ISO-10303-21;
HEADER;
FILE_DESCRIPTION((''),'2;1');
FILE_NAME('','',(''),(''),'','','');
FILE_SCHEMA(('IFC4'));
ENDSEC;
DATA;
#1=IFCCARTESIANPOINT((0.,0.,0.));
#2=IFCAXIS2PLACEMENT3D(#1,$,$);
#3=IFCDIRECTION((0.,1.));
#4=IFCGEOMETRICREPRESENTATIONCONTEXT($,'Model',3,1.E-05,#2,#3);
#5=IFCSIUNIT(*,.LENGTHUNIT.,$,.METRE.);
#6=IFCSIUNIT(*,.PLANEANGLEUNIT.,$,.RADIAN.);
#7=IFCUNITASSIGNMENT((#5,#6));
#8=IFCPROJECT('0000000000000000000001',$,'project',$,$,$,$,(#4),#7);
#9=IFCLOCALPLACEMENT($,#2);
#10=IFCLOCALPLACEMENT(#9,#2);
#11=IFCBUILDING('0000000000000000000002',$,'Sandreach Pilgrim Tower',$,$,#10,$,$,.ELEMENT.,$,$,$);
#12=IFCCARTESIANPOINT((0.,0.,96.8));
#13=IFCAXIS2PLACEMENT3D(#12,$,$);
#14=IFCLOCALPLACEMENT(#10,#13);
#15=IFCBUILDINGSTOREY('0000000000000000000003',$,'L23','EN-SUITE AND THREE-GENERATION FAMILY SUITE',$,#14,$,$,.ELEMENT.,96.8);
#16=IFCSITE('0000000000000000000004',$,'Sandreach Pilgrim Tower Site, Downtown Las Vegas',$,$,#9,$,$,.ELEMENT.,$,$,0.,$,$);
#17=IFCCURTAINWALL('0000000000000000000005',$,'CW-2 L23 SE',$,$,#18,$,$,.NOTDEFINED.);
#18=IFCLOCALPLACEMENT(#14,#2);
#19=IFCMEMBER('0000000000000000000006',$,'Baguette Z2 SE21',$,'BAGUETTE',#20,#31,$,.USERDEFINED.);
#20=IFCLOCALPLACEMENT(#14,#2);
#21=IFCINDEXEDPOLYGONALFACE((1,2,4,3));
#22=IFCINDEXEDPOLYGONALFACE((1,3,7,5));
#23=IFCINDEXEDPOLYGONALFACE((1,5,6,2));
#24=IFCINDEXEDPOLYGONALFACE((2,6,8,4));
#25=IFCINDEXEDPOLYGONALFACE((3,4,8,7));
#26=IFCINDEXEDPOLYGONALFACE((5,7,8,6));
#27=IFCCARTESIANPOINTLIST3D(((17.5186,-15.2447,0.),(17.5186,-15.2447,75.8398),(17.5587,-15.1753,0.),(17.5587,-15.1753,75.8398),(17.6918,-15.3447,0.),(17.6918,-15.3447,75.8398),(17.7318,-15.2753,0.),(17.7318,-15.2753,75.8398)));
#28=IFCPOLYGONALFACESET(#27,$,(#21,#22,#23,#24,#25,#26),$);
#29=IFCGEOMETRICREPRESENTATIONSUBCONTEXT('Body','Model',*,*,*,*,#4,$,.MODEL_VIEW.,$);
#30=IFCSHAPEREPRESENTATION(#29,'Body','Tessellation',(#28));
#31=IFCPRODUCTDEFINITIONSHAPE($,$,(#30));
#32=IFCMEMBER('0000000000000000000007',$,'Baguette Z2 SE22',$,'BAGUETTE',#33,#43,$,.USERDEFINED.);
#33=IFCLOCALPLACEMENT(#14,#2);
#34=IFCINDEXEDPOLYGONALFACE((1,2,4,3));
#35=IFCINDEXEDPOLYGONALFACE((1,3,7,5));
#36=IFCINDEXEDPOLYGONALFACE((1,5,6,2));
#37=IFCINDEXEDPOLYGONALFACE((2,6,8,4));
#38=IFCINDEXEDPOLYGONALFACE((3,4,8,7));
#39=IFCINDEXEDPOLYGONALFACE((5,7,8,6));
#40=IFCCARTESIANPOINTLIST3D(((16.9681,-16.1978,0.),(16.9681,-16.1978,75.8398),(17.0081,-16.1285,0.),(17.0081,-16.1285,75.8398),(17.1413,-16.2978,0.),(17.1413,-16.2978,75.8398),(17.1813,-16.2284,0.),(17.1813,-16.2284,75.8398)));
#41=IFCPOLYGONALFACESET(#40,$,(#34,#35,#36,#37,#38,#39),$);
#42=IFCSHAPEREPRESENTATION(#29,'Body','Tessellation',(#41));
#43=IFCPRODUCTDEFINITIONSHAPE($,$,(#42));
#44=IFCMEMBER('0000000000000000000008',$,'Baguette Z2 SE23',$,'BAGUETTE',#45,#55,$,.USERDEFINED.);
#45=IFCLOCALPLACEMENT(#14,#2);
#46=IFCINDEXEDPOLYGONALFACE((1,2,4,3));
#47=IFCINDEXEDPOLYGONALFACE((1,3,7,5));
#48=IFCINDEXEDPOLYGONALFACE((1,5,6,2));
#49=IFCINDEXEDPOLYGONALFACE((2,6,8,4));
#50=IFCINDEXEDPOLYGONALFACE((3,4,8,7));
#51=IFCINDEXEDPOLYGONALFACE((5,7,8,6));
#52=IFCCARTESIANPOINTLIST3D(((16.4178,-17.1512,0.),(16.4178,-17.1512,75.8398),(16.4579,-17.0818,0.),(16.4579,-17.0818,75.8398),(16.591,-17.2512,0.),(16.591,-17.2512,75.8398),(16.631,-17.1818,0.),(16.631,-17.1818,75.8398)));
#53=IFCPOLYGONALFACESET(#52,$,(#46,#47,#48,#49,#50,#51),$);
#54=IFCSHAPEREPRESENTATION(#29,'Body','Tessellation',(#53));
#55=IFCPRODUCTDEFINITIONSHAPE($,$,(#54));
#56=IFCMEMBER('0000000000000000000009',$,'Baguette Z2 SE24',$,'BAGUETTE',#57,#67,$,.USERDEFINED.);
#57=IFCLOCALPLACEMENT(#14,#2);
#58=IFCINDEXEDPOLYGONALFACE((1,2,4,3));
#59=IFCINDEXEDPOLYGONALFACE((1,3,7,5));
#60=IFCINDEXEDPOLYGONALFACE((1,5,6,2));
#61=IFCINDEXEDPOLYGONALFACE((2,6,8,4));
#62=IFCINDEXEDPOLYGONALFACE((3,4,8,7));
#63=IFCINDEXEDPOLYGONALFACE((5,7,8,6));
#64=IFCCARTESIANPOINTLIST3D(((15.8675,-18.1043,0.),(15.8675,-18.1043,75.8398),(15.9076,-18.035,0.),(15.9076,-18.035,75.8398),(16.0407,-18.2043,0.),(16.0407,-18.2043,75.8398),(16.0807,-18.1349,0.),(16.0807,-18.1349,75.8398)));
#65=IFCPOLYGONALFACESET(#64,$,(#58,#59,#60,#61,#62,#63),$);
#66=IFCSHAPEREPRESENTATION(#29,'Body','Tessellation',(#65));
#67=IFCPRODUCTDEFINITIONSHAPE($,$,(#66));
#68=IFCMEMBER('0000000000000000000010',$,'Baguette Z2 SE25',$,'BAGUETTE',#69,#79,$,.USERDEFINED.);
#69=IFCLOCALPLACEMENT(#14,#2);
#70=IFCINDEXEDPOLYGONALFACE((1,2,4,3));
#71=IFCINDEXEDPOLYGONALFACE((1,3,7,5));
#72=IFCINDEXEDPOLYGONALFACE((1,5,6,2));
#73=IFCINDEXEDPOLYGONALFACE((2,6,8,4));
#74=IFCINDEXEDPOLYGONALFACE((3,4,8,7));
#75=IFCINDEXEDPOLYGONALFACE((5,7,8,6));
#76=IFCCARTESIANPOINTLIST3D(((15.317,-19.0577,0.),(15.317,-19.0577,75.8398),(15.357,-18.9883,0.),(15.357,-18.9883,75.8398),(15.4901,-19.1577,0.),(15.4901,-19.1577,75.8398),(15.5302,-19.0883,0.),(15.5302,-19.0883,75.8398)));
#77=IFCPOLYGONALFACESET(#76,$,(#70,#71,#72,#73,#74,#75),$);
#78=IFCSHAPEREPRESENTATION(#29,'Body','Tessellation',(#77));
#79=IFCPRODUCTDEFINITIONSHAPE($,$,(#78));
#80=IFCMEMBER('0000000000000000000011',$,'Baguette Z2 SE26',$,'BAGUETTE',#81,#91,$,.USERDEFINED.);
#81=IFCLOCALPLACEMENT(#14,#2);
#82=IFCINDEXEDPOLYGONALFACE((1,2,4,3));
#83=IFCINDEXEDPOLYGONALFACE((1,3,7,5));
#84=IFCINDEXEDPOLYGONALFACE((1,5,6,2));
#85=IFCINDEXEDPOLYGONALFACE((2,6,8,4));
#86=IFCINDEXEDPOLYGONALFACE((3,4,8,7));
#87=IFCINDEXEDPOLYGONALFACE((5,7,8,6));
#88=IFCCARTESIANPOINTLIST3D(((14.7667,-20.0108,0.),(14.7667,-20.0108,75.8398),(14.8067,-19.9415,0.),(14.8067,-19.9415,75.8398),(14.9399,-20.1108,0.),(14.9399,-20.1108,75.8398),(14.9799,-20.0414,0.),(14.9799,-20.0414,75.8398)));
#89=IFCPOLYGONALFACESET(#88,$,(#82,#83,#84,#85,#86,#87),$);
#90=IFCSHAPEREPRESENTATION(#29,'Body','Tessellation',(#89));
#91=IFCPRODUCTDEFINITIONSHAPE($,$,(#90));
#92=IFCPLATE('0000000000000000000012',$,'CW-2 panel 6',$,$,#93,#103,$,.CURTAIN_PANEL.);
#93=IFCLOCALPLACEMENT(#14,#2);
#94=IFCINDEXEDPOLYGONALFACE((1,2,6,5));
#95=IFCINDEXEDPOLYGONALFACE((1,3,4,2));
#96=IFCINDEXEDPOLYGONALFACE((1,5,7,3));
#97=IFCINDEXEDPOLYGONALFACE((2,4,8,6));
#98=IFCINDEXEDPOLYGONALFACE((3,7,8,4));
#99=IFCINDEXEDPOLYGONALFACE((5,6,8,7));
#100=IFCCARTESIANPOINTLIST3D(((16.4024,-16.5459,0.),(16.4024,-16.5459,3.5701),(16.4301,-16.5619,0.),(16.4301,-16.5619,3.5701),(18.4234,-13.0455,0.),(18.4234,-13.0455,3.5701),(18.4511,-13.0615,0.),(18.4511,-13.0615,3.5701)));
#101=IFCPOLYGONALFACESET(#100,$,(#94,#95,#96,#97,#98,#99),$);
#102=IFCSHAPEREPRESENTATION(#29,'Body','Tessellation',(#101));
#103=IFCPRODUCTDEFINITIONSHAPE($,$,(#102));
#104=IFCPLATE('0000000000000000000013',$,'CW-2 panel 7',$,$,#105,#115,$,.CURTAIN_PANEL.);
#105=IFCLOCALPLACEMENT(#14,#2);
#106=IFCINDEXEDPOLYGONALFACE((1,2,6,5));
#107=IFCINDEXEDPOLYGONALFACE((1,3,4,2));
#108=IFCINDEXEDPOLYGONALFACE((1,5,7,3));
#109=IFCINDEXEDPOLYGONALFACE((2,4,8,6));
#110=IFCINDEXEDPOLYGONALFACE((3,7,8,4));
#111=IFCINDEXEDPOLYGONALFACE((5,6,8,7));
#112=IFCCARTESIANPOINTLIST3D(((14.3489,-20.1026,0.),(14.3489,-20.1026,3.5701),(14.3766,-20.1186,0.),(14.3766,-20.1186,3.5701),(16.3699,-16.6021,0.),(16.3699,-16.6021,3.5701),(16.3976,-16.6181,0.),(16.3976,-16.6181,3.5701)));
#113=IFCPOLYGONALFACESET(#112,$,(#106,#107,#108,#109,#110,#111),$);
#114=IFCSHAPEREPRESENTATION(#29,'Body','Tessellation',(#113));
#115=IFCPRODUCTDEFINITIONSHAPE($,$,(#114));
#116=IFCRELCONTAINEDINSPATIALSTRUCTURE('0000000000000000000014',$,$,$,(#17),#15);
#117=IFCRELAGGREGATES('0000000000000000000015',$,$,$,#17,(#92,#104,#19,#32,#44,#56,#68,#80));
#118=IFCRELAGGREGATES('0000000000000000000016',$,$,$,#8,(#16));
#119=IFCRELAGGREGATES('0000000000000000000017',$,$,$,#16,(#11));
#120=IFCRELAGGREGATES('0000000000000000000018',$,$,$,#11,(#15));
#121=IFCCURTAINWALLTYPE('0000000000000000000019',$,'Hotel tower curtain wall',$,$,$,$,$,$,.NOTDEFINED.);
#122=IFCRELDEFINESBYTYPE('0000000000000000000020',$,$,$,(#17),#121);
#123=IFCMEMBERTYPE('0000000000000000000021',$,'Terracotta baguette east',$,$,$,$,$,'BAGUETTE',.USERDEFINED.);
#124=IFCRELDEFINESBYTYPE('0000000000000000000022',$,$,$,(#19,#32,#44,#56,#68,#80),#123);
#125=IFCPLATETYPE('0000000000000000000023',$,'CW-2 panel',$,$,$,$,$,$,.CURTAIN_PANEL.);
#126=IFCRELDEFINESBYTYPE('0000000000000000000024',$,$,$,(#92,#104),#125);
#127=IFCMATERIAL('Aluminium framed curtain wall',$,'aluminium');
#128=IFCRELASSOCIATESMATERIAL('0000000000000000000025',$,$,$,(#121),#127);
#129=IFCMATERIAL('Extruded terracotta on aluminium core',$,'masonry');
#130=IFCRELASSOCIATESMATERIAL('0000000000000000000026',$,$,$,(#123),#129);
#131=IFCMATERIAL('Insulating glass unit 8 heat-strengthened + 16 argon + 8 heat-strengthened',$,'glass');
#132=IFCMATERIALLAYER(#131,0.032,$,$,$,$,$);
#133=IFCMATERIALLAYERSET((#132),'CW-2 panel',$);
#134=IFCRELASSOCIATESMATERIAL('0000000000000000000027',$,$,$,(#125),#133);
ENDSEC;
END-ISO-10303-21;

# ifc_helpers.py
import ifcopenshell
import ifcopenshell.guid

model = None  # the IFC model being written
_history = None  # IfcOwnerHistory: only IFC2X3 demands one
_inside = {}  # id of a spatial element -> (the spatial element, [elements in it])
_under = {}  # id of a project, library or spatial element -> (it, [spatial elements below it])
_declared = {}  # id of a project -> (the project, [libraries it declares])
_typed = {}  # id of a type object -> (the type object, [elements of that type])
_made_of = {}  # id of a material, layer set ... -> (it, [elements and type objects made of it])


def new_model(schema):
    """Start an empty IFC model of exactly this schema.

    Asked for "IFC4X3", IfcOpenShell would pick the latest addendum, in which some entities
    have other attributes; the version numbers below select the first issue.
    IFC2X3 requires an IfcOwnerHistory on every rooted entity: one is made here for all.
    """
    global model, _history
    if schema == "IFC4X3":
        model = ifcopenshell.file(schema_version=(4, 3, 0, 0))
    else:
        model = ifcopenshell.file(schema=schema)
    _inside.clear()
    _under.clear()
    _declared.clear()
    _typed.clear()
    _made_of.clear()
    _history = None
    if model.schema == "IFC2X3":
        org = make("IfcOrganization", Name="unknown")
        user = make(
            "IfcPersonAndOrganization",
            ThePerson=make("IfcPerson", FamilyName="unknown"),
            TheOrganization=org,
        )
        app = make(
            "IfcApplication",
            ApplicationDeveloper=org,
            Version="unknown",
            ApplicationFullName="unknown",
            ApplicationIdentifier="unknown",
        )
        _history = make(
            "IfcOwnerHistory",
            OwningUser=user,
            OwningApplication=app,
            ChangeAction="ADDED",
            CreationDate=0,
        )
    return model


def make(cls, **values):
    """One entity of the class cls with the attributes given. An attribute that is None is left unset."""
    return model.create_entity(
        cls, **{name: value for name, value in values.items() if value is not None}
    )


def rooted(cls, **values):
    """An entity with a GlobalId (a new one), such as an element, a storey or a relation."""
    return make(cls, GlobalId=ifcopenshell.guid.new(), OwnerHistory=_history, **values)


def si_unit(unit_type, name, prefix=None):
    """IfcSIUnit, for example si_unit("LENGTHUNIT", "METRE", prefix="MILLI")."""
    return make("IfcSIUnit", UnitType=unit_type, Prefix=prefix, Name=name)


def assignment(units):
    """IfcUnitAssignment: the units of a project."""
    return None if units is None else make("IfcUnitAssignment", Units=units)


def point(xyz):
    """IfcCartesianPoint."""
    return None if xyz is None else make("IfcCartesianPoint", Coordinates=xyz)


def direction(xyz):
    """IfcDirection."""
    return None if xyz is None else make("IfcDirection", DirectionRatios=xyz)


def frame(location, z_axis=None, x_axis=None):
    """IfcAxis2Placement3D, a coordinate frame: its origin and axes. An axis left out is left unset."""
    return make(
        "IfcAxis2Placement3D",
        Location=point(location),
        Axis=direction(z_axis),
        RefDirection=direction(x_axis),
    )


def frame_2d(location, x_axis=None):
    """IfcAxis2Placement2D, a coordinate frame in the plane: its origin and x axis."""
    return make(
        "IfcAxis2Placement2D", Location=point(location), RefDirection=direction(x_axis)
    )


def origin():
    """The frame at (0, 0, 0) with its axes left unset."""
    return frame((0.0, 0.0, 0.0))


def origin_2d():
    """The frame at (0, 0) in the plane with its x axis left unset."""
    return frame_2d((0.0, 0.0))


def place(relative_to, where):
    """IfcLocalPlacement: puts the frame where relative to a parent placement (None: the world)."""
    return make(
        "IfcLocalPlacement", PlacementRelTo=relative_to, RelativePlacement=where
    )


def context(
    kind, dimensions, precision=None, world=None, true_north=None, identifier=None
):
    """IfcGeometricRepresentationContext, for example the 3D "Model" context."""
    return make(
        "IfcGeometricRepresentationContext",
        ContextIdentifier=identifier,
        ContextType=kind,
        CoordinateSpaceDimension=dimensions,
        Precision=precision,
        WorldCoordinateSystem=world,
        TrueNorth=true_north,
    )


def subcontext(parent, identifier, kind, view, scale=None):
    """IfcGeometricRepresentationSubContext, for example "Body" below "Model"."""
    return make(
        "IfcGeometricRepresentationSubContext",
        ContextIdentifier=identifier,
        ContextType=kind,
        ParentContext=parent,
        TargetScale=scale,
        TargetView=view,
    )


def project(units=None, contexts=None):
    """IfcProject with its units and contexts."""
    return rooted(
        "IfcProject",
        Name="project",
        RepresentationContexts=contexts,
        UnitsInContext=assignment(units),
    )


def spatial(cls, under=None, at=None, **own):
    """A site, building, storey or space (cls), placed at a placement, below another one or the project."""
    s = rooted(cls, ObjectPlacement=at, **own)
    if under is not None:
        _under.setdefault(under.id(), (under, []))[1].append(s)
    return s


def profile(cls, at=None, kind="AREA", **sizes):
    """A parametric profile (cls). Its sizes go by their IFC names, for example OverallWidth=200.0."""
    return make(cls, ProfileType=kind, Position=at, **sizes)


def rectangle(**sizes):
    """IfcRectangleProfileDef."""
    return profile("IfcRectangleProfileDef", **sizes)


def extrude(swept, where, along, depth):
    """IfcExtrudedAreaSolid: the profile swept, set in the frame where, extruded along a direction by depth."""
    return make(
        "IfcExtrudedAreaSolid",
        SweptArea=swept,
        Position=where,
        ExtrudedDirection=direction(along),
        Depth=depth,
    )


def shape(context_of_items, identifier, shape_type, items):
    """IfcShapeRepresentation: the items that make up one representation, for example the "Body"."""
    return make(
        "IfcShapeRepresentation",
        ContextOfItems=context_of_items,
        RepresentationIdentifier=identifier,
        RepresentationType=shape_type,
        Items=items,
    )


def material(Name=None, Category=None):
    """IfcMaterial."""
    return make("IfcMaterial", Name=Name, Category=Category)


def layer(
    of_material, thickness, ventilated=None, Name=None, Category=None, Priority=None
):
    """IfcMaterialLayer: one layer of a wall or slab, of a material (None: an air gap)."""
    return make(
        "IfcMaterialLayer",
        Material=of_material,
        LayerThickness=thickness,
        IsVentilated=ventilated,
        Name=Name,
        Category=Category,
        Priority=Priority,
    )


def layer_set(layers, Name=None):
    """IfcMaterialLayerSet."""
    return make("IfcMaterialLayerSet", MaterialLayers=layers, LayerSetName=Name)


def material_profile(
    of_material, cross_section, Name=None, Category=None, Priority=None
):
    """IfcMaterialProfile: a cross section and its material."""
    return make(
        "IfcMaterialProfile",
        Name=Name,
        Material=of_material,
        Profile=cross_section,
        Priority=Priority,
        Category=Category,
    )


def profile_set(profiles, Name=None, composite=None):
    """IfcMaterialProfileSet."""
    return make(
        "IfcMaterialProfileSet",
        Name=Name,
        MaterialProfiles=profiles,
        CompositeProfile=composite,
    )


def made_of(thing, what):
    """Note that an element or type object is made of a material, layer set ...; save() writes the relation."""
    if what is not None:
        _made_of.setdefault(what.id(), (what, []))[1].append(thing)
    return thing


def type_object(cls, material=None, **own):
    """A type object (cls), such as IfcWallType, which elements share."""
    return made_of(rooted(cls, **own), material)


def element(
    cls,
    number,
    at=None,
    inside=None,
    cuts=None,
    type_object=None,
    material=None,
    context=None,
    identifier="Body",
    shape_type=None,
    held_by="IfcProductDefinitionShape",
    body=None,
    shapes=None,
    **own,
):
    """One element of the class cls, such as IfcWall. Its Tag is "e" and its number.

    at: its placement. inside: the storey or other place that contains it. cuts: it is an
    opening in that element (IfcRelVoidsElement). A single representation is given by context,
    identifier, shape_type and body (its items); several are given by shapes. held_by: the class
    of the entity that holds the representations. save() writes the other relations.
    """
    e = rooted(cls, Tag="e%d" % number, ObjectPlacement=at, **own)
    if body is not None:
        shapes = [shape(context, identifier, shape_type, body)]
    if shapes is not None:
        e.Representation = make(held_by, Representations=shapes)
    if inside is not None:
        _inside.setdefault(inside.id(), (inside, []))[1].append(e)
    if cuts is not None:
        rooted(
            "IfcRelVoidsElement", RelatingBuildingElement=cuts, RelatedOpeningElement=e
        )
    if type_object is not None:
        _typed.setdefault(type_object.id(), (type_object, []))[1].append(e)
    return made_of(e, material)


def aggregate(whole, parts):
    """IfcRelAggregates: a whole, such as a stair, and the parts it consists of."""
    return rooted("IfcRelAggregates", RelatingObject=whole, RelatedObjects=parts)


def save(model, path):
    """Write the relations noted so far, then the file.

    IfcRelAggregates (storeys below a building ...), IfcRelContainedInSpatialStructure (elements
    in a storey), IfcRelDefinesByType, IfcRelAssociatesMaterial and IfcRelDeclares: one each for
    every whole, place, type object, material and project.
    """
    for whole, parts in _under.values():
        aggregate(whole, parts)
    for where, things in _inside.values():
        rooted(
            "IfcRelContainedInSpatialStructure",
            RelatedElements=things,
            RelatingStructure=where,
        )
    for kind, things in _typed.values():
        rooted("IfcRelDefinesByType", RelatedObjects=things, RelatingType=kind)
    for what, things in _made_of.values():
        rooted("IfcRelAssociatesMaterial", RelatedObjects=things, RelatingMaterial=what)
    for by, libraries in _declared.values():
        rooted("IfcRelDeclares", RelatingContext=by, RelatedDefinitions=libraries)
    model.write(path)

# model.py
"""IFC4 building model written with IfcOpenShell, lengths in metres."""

from ifc_helpers import new_model, si_unit, direction, frame, origin, origin_2d, place, context, subcontext, project, spatial, rectangle, extrude, material, layer, layer_set, material_profile, profile_set, type_object, element, aggregate, save


model = new_model("IFC4")

# Units and contexts
model_context = context("Model", 3, precision=1e-05, world=origin(), true_north=direction((0.0, 1.0)))
body_context = subcontext(model_context, "Body", "Model", "MODEL_VIEW")
ifc_project = project(units=[si_unit("LENGTHUNIT", "METRE"), si_unit("PLANEANGLEUNIT", "RADIAN")], contexts=[model_context])

# Site, building, storey
site_placement = place(None, origin())
site = spatial("IfcSite", under=ifc_project, at=site_placement, Name="Sandreach Pilgrim Tower Site, Downtown Las Vegas", CompositionType="ELEMENT", RefElevation=0.0)
building_placement = place(site_placement, origin())
building = spatial("IfcBuilding", under=site, at=building_placement, Name="Sandreach Pilgrim Tower", CompositionType="ELEMENT")
storey_placement = place(building_placement, frame((0.0, 0.0, 96.8)))
storey = spatial("IfcBuildingStorey", under=building, at=storey_placement, Name="L23", Description="EN-SUITE AND THREE-GENERATION FAMILY SUITE", CompositionType="ELEMENT", Elevation=96.8)

# Curtain wall
ifc_material_1 = material(Name="Aluminium framed curtain wall", Category="aluminium")
curtain_wall_type = type_object("IfcCurtainWallType", Name="Hotel tower curtain wall", PredefinedType="NOTDEFINED", material=ifc_material_1)
curtain_wall_placement = place(storey_placement, origin())
curtain_wall = element("IfcCurtainWall", 1, at=curtain_wall_placement, inside=storey, type_object=curtain_wall_type, Name="CW-2 L23 SE", PredefinedType="NOTDEFINED")

# Members
ifc_material_2 = material(Name="Extruded terracotta on aluminium core", Category="masonry")
ifc_material_profile_1 = material_profile(ifc_material_2, rectangle(XDim=0.0801, YDim=0.2, at=origin_2d()), Name="TBE 80X200")
ifc_profile_set_1 = profile_set([ifc_material_profile_1], Name="Extruded terracotta on aluminium core")
member_type_1 = type_object("IfcMemberType", Name="Terracotta baguette east", ElementType="BAGUETTE", PredefinedType="USERDEFINED", material=ifc_profile_set_1)
member_1_placement = place(storey_placement, frame((17.6252, -15.26, 0.0), z_axis=(0.0, 0.0, 1.0), x_axis=(-0.5, -0.866025, 0.0)))
member_1 = element("IfcMember", 2, at=member_1_placement, type_object=member_type_1, Name="Baguette Z2 SE21", ObjectType="BAGUETTE", PredefinedType="USERDEFINED", context=body_context, shape_type="SweptSolid", body=[
    extrude(rectangle(XDim=0.0801, YDim=0.2, at=origin_2d()), origin(), (0.0, 0.0, 1.0), 75.8398),
])
member_2_placement = place(storey_placement, frame((17.0747, -16.2131, 0.0), z_axis=(0.0, 0.0, 1.0), x_axis=(-0.5, -0.866025, 0.0)))
member_2 = element("IfcMember", 3, at=member_2_placement, type_object=member_type_1, Name="Baguette Z2 SE22", ObjectType="BAGUETTE", PredefinedType="USERDEFINED", context=body_context, shape_type="SweptSolid", body=[
    extrude(rectangle(XDim=0.0801, YDim=0.2, at=origin_2d()), origin(), (0.0, 0.0, 1.0), 75.8398),
])
member_3_placement = place(storey_placement, frame((16.5244, -17.1665, 0.0), z_axis=(0.0, 0.0, 1.0), x_axis=(-0.5, -0.866025, 0.0)))
member_3 = element("IfcMember", 4, at=member_3_placement, type_object=member_type_1, Name="Baguette Z2 SE23", ObjectType="BAGUETTE", PredefinedType="USERDEFINED", context=body_context, shape_type="SweptSolid", body=[
    extrude(rectangle(XDim=0.0801, YDim=0.2, at=origin_2d()), origin(), (0.0, 0.0, 1.0), 75.8398),
])
member_4_placement = place(storey_placement, frame((15.9741, -18.1196, 0.0), z_axis=(0.0, 0.0, 1.0), x_axis=(-0.5, -0.866025, 0.0)))
member_4 = element("IfcMember", 5, at=member_4_placement, type_object=member_type_1, Name="Baguette Z2 SE24", ObjectType="BAGUETTE", PredefinedType="USERDEFINED", context=body_context, shape_type="SweptSolid", body=[
    extrude(rectangle(XDim=0.0801, YDim=0.2, at=origin_2d()), origin(), (0.0, 0.0, 1.0), 75.8398),
])
member_5_placement = place(storey_placement, frame((15.4236, -19.073, 0.0), z_axis=(0.0, 0.0, 1.0), x_axis=(-0.5, -0.866025, 0.0)))
member_5 = element("IfcMember", 6, at=member_5_placement, type_object=member_type_1, Name="Baguette Z2 SE25", ObjectType="BAGUETTE", PredefinedType="USERDEFINED", context=body_context, shape_type="SweptSolid", body=[
    extrude(rectangle(XDim=0.0801, YDim=0.2, at=origin_2d()), origin(), (0.0, 0.0, 1.0), 75.8398),
])
member_6_placement = place(storey_placement, frame((14.8733, -20.0261, 0.0), z_axis=(0.0, 0.0, 1.0), x_axis=(-0.5, -0.866025, 0.0)))
member_6 = element("IfcMember", 7, at=member_6_placement, type_object=member_type_1, Name="Baguette Z2 SE26", ObjectType="BAGUETTE", PredefinedType="USERDEFINED", context=body_context, shape_type="SweptSolid", body=[
    extrude(rectangle(XDim=0.0801, YDim=0.2, at=origin_2d()), origin(), (0.0, 0.0, 1.0), 75.8398),
])

# Plates
ifc_material_3 = material(Name="Insulating glass unit 8 heat-strengthened + 16 argon + 8 heat-strengthened", Category="glass")
ifc_layer = layer(ifc_material_3, 0.032)
ifc_layer_set = layer_set([ifc_layer], Name="CW-2 panel")
plate_type = type_object("IfcPlateType", Name="CW-2 panel", PredefinedType="CURTAIN_PANEL", material=ifc_layer_set)
plate_1_placement = place(storey_placement, frame((17.4268, -14.8037, 0.0), z_axis=(0.0, 0.0, 1.0), x_axis=(-0.5, -0.866025, 0.0)))
plate_1 = element("IfcPlate", 8, at=plate_1_placement, type_object=plate_type, Name="CW-2 panel 6", PredefinedType="CURTAIN_PANEL", context=body_context, shape_type="SweptSolid", body=[
    extrude(rectangle(XDim=4.042, YDim=0.032, at=origin_2d()), origin(), (0.0, 0.0, 1.0), 3.5701),
])
plate_2_placement = place(storey_placement, frame((15.3733, -18.3604, 0.0), z_axis=(0.0, 0.0, 1.0), x_axis=(-0.5, -0.866025, 0.0)))
plate_2 = element("IfcPlate", 9, at=plate_2_placement, type_object=plate_type, Name="CW-2 panel 7", PredefinedType="CURTAIN_PANEL", context=body_context, shape_type="SweptSolid", body=[
    extrude(rectangle(XDim=4.042, YDim=0.032, at=origin_2d()), origin(), (0.0, 0.0, 1.0), 3.5701),
])
aggregate(curtain_wall, [plate_1, plate_2, member_1, member_2, member_3, member_4, member_5, member_6])

save(model, "model.ifc")
